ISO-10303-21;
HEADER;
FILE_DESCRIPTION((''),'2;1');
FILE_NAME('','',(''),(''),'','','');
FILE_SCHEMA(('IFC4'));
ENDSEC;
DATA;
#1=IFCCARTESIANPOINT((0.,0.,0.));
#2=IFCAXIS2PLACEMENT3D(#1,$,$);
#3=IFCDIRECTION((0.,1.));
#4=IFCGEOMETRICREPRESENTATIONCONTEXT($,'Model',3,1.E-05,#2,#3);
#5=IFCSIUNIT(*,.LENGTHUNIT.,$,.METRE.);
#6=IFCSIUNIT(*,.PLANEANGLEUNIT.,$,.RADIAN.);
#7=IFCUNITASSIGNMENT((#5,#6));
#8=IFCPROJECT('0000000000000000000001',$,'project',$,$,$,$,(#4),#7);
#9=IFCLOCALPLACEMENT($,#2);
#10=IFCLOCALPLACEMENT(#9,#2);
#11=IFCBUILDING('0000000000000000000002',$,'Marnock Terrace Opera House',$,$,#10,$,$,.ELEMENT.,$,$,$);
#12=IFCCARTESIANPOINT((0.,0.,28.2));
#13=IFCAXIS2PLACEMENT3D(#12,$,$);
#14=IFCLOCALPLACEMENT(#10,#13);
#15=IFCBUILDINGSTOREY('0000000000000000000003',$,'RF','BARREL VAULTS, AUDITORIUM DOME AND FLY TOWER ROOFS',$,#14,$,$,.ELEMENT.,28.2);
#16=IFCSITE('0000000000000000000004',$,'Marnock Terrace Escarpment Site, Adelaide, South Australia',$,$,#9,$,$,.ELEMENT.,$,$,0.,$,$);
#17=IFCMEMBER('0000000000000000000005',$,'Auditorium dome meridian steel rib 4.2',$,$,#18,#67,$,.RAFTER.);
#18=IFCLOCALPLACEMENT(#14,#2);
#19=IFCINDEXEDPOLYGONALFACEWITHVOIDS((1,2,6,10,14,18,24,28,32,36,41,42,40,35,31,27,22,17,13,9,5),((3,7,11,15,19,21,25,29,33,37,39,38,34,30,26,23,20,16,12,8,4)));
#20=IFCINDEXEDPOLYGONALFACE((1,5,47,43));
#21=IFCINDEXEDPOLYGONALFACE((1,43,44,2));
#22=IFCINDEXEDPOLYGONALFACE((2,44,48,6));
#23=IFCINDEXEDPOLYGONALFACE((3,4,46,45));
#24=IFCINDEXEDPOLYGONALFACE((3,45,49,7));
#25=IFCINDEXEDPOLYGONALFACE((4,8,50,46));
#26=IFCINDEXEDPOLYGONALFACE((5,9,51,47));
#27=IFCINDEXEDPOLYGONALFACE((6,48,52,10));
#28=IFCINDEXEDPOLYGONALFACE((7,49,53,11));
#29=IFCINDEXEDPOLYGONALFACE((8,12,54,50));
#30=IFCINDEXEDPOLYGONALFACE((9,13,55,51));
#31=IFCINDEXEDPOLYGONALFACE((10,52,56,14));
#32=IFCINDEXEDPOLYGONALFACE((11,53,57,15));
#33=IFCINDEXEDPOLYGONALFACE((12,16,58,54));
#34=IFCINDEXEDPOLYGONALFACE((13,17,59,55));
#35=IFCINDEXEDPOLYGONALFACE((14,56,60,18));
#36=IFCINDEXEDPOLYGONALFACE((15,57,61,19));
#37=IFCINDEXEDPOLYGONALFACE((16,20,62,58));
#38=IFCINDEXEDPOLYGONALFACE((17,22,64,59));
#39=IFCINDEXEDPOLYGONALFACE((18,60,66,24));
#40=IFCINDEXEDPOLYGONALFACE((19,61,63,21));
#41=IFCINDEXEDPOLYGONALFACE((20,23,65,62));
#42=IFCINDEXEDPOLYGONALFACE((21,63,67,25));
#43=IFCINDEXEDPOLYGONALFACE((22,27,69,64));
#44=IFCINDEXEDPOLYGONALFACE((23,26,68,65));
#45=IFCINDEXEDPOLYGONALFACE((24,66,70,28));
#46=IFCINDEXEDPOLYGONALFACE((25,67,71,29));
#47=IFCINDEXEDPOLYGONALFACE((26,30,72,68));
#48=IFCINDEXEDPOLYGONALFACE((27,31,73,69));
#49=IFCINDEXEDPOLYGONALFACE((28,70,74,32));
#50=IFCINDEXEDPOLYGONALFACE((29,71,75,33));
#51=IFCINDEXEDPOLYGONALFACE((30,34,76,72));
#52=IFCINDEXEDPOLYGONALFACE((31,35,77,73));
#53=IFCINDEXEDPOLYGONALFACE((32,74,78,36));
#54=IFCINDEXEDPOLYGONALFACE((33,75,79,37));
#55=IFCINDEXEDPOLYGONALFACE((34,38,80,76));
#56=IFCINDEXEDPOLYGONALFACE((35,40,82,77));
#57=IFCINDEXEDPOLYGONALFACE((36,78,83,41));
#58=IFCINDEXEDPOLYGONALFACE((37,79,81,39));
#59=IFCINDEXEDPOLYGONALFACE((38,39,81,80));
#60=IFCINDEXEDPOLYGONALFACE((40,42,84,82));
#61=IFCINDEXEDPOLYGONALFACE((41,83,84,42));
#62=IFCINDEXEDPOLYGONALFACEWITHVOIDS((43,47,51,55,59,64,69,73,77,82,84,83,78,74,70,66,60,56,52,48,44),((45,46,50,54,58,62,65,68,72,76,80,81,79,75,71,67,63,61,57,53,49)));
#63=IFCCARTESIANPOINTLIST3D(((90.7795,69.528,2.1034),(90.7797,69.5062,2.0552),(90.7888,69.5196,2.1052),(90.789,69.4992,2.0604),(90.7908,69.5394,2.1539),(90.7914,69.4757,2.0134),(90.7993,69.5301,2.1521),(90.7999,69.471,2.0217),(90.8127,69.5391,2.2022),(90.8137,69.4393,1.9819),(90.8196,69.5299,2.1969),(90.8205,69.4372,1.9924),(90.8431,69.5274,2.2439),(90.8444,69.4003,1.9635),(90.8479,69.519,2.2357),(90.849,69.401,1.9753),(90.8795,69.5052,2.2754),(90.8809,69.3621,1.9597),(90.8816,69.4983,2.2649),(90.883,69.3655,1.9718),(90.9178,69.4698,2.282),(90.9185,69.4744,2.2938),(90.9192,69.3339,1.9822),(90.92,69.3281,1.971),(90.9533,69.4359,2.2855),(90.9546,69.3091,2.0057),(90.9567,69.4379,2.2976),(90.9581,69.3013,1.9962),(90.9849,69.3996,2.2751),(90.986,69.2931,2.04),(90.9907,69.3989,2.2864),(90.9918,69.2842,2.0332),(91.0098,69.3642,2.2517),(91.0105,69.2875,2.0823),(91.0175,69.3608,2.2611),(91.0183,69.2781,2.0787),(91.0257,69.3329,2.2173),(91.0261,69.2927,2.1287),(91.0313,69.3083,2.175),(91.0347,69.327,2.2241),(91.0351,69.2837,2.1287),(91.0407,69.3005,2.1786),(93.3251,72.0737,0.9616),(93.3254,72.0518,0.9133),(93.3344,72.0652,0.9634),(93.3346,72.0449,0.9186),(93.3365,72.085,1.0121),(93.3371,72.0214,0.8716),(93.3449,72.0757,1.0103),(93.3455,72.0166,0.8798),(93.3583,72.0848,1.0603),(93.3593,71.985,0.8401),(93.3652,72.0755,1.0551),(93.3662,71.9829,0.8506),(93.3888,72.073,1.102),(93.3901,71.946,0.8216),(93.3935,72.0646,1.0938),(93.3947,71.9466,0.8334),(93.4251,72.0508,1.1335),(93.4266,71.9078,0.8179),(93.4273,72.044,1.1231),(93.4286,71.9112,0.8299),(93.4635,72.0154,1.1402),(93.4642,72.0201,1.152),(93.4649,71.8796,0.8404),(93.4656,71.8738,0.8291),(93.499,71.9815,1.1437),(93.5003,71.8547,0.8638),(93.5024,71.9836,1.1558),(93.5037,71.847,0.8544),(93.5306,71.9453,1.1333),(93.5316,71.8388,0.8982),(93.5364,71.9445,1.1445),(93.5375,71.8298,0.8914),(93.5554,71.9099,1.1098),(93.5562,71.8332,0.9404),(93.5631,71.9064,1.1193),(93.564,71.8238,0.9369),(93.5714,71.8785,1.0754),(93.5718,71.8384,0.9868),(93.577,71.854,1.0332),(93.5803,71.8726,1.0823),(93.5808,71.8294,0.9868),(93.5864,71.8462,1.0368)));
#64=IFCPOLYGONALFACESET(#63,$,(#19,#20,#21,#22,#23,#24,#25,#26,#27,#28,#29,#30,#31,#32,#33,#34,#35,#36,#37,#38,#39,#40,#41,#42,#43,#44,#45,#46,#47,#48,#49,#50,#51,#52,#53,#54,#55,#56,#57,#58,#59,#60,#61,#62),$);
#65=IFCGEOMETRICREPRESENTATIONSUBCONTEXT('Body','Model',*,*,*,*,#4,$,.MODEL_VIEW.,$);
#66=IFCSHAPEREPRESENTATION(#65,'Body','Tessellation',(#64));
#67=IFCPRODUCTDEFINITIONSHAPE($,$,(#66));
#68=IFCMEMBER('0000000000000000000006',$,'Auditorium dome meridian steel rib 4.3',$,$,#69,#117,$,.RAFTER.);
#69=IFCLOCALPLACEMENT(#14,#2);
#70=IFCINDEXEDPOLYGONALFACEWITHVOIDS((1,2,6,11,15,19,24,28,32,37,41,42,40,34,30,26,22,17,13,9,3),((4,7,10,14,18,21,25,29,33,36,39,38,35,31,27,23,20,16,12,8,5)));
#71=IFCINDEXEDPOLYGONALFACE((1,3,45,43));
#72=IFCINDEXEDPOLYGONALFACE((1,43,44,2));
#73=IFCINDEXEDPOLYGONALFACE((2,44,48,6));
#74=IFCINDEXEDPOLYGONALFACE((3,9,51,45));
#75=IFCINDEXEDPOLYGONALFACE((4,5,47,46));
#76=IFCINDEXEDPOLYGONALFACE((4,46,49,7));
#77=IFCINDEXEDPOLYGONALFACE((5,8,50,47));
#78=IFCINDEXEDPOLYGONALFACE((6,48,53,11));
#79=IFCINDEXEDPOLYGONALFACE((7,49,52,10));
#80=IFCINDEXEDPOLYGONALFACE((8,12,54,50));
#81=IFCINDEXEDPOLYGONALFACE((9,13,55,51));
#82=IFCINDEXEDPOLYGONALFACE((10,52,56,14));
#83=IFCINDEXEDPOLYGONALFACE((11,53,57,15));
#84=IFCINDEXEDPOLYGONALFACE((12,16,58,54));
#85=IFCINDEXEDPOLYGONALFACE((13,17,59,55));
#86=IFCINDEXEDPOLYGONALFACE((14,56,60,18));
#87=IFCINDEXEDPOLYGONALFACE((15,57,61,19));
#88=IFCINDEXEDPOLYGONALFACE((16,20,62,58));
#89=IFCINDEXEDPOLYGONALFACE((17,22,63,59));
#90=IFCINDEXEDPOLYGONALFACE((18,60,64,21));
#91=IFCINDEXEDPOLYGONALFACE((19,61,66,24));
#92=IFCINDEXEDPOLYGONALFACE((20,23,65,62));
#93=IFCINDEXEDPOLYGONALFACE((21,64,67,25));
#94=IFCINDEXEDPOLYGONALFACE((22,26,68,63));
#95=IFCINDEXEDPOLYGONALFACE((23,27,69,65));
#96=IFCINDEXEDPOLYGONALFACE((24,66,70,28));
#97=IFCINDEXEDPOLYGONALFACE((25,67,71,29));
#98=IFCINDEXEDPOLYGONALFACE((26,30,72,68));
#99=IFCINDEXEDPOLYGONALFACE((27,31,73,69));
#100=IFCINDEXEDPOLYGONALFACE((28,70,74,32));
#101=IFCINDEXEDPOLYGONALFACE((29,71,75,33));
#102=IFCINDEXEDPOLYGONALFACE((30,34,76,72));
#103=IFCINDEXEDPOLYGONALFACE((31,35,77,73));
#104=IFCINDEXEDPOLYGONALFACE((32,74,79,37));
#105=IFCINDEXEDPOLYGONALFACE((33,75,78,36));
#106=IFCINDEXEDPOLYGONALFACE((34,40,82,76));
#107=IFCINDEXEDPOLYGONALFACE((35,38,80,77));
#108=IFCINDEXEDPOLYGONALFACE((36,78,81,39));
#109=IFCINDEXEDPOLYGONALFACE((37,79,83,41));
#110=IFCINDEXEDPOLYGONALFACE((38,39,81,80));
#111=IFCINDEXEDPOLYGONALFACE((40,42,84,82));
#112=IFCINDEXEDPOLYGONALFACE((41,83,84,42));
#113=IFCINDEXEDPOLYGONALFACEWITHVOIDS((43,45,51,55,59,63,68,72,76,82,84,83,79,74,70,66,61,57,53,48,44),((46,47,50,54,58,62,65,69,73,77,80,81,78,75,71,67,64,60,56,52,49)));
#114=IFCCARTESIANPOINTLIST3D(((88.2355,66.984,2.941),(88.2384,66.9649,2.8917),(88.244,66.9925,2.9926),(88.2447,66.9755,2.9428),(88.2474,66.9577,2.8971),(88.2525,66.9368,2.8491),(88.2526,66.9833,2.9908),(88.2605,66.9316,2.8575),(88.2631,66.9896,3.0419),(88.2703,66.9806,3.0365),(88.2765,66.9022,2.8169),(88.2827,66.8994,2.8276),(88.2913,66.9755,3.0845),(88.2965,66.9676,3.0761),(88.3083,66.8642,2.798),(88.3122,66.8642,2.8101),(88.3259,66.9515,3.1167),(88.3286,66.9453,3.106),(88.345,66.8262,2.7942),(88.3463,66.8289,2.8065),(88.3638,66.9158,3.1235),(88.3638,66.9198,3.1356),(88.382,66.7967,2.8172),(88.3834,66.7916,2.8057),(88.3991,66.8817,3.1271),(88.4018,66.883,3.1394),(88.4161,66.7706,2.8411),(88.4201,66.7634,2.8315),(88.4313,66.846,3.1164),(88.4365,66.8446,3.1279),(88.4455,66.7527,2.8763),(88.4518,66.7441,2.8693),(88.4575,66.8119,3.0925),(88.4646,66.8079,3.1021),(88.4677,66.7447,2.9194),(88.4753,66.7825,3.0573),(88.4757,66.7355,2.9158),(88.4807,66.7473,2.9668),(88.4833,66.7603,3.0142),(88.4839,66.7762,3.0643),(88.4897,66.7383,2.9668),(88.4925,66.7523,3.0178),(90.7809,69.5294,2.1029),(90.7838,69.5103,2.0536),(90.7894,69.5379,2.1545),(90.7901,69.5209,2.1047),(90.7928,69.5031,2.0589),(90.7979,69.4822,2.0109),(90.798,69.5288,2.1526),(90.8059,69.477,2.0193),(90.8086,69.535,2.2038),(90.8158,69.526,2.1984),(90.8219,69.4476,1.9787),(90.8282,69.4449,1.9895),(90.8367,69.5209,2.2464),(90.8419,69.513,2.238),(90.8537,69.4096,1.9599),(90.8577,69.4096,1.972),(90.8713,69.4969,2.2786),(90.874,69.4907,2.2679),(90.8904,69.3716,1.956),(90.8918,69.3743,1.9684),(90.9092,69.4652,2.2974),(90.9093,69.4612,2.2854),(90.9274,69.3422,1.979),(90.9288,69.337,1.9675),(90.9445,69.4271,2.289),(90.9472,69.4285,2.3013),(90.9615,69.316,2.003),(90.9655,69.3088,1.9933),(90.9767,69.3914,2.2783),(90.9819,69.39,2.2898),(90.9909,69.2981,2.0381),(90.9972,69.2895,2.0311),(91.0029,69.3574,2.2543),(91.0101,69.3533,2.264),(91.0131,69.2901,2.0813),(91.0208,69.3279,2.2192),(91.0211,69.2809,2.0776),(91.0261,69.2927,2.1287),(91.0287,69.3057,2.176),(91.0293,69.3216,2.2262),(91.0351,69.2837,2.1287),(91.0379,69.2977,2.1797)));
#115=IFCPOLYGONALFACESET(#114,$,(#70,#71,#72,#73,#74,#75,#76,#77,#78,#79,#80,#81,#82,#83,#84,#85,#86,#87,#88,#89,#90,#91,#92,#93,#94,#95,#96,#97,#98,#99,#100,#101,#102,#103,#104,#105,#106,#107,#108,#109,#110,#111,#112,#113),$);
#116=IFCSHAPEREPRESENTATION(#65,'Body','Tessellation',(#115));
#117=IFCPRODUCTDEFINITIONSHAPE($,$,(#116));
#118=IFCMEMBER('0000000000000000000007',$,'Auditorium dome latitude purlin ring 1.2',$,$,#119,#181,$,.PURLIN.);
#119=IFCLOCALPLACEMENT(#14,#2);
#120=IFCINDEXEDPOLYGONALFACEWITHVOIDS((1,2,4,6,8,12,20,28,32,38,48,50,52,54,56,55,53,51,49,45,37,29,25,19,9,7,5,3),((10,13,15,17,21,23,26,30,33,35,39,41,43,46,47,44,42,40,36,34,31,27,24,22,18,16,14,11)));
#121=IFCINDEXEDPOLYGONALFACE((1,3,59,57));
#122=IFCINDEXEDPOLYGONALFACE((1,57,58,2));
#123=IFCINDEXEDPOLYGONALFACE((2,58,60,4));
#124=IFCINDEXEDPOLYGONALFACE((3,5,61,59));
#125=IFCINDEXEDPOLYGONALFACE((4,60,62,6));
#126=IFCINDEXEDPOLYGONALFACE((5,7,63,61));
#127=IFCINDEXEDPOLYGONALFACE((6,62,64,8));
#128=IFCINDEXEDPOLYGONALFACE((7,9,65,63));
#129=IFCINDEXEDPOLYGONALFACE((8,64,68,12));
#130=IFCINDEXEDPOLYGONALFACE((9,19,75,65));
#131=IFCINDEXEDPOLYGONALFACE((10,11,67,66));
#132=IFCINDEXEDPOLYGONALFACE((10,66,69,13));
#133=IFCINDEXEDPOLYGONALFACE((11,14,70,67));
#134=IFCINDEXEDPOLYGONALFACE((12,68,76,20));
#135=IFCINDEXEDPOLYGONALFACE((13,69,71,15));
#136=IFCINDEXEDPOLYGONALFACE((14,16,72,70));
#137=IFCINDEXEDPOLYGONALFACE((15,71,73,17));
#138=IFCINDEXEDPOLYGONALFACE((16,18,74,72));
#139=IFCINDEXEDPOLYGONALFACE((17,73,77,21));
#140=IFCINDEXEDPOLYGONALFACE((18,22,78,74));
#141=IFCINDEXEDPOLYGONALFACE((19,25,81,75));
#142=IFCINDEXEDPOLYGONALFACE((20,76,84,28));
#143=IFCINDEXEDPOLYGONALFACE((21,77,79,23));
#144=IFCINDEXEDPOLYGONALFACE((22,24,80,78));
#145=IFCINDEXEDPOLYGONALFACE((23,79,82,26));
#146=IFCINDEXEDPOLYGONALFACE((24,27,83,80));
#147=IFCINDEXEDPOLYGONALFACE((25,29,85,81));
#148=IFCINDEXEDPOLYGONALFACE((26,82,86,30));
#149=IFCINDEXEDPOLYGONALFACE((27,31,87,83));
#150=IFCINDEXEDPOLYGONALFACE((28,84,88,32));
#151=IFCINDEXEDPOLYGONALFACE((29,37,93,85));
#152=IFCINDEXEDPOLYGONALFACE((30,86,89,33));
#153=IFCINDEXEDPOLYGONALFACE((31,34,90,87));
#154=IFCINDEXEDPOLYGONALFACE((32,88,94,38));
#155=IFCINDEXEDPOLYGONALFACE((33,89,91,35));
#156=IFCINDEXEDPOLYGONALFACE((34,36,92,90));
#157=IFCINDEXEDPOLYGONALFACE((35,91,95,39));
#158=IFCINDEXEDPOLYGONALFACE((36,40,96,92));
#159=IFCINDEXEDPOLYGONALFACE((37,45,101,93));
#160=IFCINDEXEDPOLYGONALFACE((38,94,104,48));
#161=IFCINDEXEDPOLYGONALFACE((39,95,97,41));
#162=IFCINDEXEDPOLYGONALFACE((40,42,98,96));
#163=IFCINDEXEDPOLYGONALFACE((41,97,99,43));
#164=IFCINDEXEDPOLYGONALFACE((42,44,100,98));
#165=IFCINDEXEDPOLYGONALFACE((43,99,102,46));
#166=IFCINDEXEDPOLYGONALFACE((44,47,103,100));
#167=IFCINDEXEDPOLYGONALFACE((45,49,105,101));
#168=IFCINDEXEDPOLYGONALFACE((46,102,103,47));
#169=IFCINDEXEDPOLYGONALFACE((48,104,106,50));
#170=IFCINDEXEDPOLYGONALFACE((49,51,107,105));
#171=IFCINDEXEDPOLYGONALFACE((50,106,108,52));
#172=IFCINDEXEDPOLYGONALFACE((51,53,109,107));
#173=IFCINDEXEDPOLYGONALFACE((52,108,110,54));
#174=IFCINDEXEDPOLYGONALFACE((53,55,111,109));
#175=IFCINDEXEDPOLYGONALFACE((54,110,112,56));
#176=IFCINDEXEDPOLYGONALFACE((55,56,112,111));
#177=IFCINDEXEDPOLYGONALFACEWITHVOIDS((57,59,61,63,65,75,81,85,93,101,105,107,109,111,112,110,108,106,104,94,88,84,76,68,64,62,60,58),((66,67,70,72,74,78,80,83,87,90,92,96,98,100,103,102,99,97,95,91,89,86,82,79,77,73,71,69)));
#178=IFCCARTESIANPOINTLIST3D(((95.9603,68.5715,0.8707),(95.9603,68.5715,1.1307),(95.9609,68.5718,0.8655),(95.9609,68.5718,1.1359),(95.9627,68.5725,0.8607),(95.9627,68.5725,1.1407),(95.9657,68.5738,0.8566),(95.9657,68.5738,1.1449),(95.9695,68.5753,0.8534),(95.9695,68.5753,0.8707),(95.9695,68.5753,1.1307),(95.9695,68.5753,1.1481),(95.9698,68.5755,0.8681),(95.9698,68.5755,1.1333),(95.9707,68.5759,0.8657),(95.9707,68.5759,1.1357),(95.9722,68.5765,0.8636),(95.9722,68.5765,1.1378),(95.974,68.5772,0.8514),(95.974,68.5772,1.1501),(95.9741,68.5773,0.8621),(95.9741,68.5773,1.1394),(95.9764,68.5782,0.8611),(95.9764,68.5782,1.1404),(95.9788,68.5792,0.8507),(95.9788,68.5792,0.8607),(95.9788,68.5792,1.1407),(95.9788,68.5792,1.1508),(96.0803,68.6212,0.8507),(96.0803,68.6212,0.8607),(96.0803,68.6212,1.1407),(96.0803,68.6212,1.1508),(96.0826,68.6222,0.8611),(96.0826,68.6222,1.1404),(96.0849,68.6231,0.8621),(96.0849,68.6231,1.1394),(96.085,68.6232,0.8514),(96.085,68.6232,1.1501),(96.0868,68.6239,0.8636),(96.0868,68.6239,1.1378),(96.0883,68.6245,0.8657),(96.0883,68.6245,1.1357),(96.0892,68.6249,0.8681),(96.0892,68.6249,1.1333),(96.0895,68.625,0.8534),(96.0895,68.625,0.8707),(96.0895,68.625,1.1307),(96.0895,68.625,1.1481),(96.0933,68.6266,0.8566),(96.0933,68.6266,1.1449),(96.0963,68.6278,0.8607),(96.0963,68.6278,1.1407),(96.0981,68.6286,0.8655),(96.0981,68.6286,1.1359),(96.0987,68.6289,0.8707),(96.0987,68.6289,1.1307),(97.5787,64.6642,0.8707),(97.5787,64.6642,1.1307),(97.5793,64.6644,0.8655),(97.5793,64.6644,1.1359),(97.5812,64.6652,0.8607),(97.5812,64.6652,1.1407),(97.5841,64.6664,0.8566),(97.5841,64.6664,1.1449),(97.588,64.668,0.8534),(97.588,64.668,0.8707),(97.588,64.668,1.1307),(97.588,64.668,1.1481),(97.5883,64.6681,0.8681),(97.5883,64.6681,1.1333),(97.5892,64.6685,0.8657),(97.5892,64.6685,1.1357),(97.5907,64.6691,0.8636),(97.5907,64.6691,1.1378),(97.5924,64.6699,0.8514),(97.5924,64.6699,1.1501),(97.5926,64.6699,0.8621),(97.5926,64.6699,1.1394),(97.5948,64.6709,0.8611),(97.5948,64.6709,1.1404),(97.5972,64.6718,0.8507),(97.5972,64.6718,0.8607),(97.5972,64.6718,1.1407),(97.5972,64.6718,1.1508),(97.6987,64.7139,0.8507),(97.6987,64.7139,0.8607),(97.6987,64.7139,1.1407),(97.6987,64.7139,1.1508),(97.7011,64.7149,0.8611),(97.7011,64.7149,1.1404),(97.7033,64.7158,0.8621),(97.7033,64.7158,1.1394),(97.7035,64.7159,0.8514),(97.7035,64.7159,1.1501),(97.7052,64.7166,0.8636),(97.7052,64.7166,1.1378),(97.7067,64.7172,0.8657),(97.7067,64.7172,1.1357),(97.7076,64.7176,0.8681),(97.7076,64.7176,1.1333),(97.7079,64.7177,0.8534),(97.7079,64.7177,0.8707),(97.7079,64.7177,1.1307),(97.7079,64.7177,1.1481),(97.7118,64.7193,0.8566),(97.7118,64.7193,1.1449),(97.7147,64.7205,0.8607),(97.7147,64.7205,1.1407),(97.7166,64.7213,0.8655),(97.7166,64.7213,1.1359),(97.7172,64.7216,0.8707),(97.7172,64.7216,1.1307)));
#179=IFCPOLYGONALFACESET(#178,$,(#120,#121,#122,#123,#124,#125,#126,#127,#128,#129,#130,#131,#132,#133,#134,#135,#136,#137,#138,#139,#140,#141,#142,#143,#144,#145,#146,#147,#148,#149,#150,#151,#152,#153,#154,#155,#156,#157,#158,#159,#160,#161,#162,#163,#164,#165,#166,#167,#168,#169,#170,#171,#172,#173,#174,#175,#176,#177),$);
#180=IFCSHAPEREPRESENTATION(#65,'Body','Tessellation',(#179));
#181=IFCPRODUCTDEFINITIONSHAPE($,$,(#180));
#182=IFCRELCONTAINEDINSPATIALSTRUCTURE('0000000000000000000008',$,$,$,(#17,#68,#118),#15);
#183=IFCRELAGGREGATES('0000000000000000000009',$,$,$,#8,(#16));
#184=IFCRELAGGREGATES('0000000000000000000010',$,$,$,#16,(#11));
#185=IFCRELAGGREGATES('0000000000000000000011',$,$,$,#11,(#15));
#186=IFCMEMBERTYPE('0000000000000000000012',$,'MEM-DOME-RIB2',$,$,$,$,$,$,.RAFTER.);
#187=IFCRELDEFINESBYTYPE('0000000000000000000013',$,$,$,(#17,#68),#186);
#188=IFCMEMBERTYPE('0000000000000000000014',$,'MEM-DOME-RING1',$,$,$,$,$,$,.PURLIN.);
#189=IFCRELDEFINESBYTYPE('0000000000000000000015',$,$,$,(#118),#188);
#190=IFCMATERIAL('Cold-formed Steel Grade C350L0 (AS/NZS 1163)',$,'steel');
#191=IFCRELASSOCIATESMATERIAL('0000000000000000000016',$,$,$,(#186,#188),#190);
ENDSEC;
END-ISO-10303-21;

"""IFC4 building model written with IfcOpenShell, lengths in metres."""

from ifc_helpers import new_model, si_unit, direction, frame, origin, origin_2d, place, context, subcontext, project, spatial, hollow_rectangle, hollow_circle, extrude, material, material_profile, profile_set, type_object, element, save


model = new_model("IFC4")

# Units and contexts
model_context = context("Model", 3, precision=1e-05, world=origin(), true_north=direction((0.0, 1.0)))
body_context = subcontext(model_context, "Body", "Model", "MODEL_VIEW")
ifc_project = project(units=[si_unit("LENGTHUNIT", "METRE"), si_unit("PLANEANGLEUNIT", "RADIAN")], contexts=[model_context])

# Site, building, storey
site_placement = place(None, origin())
site = spatial("IfcSite", under=ifc_project, at=site_placement, Name="Marnock Terrace Escarpment Site, Adelaide, South Australia", CompositionType="ELEMENT", RefElevation=0.0)
building_placement = place(site_placement, origin())
building = spatial("IfcBuilding", under=site, at=building_placement, Name="Marnock Terrace Opera House", CompositionType="ELEMENT")
storey_placement = place(building_placement, frame((0.0, 0.0, 28.2)))
storey = spatial("IfcBuildingStorey", under=building, at=storey_placement, Name="RF", Description="BARREL VAULTS, AUDITORIUM DOME AND FLY TOWER ROOFS", CompositionType="ELEMENT", Elevation=28.2)

# Members
ifc_material_1 = material(Name="Cold-formed Steel Grade C350L0 (AS/NZS 1163)", Category="steel")
ifc_material_profile_1 = material_profile(ifc_material_1, hollow_circle(Radius=0.1777, WallThickness=0.0127, at=origin_2d()))
ifc_profile_set_1 = profile_set([ifc_material_profile_1], Name="Cold-formed Steel Grade C350L0 (AS/NZS 1163)")
member_type_1 = type_object("IfcMemberType", Name="MEM-DOME-RIB2", PredefinedType="RAFTER", material=ifc_profile_set_1)
member_1_placement = place(storey_placement, frame((93.4551, 71.9551, 0.9868), z_axis=(-0.674017, -0.674017, 0.302328), x_axis=(0.707107, -0.707107, 0.0)))
element("IfcMember", 1, at=member_1_placement, inside=storey, type_object=member_type_1, Name="Auditorium dome meridian steel rib 4.2", PredefinedType="RAFTER", context=body_context, shape_type="SweptSolid", body=[
    extrude(hollow_circle(Radius=0.1777, WallThickness=0.0127, at=origin_2d()), origin(), (0.0, 0.0, 1.0), 3.7769),
])
member_2_placement = place(storey_placement, frame((90.9094, 69.4094, 2.1287), z_axis=(-0.688686, -0.688686, 0.226766), x_axis=(0.707107, -0.707107, 0.0)))
element("IfcMember", 2, at=member_2_placement, inside=storey, type_object=member_type_1, Name="Auditorium dome meridian steel rib 4.3", PredefinedType="RAFTER", context=body_context, shape_type="SweptSolid", body=[
    extrude(hollow_circle(Radius=0.1777, WallThickness=0.0127, at=origin_2d()), origin(), (0.0, 0.0, 1.0), 3.696),
])
ifc_material_profile_2 = material_profile(ifc_material_1, hollow_rectangle(XDim=0.1499, YDim=0.3, WallThickness=0.01, InnerFilletRadius=0.01, OuterFilletRadius=0.02, at=origin_2d()))
ifc_profile_set_2 = profile_set([ifc_material_profile_2], Name="Cold-formed Steel Grade C350L0 (AS/NZS 1163)")
member_type_2 = type_object("IfcMemberType", Name="MEM-DOME-RING1", PredefinedType="PURLIN", material=ifc_profile_set_2)
member_3_placement = place(storey_placement, frame((97.6479, 64.6929, 1.0007), z_axis=(-0.38268, 0.923881, 0.0), x_axis=(-0.923881, -0.38268, 0.0)))
element("IfcMember", 3, at=member_3_placement, inside=storey, type_object=member_type_2, Name="Auditorium dome latitude purlin ring 1.2", PredefinedType="PURLIN", context=body_context, shape_type="SweptSolid", body=[
    extrude(hollow_rectangle(XDim=0.1499, YDim=0.3, WallThickness=0.01, InnerFilletRadius=0.01, OuterFilletRadius=0.02, at=origin_2d()), origin(), (0.0, 0.0, 1.0), 4.2292),
])

save(model, "model.ifc")
